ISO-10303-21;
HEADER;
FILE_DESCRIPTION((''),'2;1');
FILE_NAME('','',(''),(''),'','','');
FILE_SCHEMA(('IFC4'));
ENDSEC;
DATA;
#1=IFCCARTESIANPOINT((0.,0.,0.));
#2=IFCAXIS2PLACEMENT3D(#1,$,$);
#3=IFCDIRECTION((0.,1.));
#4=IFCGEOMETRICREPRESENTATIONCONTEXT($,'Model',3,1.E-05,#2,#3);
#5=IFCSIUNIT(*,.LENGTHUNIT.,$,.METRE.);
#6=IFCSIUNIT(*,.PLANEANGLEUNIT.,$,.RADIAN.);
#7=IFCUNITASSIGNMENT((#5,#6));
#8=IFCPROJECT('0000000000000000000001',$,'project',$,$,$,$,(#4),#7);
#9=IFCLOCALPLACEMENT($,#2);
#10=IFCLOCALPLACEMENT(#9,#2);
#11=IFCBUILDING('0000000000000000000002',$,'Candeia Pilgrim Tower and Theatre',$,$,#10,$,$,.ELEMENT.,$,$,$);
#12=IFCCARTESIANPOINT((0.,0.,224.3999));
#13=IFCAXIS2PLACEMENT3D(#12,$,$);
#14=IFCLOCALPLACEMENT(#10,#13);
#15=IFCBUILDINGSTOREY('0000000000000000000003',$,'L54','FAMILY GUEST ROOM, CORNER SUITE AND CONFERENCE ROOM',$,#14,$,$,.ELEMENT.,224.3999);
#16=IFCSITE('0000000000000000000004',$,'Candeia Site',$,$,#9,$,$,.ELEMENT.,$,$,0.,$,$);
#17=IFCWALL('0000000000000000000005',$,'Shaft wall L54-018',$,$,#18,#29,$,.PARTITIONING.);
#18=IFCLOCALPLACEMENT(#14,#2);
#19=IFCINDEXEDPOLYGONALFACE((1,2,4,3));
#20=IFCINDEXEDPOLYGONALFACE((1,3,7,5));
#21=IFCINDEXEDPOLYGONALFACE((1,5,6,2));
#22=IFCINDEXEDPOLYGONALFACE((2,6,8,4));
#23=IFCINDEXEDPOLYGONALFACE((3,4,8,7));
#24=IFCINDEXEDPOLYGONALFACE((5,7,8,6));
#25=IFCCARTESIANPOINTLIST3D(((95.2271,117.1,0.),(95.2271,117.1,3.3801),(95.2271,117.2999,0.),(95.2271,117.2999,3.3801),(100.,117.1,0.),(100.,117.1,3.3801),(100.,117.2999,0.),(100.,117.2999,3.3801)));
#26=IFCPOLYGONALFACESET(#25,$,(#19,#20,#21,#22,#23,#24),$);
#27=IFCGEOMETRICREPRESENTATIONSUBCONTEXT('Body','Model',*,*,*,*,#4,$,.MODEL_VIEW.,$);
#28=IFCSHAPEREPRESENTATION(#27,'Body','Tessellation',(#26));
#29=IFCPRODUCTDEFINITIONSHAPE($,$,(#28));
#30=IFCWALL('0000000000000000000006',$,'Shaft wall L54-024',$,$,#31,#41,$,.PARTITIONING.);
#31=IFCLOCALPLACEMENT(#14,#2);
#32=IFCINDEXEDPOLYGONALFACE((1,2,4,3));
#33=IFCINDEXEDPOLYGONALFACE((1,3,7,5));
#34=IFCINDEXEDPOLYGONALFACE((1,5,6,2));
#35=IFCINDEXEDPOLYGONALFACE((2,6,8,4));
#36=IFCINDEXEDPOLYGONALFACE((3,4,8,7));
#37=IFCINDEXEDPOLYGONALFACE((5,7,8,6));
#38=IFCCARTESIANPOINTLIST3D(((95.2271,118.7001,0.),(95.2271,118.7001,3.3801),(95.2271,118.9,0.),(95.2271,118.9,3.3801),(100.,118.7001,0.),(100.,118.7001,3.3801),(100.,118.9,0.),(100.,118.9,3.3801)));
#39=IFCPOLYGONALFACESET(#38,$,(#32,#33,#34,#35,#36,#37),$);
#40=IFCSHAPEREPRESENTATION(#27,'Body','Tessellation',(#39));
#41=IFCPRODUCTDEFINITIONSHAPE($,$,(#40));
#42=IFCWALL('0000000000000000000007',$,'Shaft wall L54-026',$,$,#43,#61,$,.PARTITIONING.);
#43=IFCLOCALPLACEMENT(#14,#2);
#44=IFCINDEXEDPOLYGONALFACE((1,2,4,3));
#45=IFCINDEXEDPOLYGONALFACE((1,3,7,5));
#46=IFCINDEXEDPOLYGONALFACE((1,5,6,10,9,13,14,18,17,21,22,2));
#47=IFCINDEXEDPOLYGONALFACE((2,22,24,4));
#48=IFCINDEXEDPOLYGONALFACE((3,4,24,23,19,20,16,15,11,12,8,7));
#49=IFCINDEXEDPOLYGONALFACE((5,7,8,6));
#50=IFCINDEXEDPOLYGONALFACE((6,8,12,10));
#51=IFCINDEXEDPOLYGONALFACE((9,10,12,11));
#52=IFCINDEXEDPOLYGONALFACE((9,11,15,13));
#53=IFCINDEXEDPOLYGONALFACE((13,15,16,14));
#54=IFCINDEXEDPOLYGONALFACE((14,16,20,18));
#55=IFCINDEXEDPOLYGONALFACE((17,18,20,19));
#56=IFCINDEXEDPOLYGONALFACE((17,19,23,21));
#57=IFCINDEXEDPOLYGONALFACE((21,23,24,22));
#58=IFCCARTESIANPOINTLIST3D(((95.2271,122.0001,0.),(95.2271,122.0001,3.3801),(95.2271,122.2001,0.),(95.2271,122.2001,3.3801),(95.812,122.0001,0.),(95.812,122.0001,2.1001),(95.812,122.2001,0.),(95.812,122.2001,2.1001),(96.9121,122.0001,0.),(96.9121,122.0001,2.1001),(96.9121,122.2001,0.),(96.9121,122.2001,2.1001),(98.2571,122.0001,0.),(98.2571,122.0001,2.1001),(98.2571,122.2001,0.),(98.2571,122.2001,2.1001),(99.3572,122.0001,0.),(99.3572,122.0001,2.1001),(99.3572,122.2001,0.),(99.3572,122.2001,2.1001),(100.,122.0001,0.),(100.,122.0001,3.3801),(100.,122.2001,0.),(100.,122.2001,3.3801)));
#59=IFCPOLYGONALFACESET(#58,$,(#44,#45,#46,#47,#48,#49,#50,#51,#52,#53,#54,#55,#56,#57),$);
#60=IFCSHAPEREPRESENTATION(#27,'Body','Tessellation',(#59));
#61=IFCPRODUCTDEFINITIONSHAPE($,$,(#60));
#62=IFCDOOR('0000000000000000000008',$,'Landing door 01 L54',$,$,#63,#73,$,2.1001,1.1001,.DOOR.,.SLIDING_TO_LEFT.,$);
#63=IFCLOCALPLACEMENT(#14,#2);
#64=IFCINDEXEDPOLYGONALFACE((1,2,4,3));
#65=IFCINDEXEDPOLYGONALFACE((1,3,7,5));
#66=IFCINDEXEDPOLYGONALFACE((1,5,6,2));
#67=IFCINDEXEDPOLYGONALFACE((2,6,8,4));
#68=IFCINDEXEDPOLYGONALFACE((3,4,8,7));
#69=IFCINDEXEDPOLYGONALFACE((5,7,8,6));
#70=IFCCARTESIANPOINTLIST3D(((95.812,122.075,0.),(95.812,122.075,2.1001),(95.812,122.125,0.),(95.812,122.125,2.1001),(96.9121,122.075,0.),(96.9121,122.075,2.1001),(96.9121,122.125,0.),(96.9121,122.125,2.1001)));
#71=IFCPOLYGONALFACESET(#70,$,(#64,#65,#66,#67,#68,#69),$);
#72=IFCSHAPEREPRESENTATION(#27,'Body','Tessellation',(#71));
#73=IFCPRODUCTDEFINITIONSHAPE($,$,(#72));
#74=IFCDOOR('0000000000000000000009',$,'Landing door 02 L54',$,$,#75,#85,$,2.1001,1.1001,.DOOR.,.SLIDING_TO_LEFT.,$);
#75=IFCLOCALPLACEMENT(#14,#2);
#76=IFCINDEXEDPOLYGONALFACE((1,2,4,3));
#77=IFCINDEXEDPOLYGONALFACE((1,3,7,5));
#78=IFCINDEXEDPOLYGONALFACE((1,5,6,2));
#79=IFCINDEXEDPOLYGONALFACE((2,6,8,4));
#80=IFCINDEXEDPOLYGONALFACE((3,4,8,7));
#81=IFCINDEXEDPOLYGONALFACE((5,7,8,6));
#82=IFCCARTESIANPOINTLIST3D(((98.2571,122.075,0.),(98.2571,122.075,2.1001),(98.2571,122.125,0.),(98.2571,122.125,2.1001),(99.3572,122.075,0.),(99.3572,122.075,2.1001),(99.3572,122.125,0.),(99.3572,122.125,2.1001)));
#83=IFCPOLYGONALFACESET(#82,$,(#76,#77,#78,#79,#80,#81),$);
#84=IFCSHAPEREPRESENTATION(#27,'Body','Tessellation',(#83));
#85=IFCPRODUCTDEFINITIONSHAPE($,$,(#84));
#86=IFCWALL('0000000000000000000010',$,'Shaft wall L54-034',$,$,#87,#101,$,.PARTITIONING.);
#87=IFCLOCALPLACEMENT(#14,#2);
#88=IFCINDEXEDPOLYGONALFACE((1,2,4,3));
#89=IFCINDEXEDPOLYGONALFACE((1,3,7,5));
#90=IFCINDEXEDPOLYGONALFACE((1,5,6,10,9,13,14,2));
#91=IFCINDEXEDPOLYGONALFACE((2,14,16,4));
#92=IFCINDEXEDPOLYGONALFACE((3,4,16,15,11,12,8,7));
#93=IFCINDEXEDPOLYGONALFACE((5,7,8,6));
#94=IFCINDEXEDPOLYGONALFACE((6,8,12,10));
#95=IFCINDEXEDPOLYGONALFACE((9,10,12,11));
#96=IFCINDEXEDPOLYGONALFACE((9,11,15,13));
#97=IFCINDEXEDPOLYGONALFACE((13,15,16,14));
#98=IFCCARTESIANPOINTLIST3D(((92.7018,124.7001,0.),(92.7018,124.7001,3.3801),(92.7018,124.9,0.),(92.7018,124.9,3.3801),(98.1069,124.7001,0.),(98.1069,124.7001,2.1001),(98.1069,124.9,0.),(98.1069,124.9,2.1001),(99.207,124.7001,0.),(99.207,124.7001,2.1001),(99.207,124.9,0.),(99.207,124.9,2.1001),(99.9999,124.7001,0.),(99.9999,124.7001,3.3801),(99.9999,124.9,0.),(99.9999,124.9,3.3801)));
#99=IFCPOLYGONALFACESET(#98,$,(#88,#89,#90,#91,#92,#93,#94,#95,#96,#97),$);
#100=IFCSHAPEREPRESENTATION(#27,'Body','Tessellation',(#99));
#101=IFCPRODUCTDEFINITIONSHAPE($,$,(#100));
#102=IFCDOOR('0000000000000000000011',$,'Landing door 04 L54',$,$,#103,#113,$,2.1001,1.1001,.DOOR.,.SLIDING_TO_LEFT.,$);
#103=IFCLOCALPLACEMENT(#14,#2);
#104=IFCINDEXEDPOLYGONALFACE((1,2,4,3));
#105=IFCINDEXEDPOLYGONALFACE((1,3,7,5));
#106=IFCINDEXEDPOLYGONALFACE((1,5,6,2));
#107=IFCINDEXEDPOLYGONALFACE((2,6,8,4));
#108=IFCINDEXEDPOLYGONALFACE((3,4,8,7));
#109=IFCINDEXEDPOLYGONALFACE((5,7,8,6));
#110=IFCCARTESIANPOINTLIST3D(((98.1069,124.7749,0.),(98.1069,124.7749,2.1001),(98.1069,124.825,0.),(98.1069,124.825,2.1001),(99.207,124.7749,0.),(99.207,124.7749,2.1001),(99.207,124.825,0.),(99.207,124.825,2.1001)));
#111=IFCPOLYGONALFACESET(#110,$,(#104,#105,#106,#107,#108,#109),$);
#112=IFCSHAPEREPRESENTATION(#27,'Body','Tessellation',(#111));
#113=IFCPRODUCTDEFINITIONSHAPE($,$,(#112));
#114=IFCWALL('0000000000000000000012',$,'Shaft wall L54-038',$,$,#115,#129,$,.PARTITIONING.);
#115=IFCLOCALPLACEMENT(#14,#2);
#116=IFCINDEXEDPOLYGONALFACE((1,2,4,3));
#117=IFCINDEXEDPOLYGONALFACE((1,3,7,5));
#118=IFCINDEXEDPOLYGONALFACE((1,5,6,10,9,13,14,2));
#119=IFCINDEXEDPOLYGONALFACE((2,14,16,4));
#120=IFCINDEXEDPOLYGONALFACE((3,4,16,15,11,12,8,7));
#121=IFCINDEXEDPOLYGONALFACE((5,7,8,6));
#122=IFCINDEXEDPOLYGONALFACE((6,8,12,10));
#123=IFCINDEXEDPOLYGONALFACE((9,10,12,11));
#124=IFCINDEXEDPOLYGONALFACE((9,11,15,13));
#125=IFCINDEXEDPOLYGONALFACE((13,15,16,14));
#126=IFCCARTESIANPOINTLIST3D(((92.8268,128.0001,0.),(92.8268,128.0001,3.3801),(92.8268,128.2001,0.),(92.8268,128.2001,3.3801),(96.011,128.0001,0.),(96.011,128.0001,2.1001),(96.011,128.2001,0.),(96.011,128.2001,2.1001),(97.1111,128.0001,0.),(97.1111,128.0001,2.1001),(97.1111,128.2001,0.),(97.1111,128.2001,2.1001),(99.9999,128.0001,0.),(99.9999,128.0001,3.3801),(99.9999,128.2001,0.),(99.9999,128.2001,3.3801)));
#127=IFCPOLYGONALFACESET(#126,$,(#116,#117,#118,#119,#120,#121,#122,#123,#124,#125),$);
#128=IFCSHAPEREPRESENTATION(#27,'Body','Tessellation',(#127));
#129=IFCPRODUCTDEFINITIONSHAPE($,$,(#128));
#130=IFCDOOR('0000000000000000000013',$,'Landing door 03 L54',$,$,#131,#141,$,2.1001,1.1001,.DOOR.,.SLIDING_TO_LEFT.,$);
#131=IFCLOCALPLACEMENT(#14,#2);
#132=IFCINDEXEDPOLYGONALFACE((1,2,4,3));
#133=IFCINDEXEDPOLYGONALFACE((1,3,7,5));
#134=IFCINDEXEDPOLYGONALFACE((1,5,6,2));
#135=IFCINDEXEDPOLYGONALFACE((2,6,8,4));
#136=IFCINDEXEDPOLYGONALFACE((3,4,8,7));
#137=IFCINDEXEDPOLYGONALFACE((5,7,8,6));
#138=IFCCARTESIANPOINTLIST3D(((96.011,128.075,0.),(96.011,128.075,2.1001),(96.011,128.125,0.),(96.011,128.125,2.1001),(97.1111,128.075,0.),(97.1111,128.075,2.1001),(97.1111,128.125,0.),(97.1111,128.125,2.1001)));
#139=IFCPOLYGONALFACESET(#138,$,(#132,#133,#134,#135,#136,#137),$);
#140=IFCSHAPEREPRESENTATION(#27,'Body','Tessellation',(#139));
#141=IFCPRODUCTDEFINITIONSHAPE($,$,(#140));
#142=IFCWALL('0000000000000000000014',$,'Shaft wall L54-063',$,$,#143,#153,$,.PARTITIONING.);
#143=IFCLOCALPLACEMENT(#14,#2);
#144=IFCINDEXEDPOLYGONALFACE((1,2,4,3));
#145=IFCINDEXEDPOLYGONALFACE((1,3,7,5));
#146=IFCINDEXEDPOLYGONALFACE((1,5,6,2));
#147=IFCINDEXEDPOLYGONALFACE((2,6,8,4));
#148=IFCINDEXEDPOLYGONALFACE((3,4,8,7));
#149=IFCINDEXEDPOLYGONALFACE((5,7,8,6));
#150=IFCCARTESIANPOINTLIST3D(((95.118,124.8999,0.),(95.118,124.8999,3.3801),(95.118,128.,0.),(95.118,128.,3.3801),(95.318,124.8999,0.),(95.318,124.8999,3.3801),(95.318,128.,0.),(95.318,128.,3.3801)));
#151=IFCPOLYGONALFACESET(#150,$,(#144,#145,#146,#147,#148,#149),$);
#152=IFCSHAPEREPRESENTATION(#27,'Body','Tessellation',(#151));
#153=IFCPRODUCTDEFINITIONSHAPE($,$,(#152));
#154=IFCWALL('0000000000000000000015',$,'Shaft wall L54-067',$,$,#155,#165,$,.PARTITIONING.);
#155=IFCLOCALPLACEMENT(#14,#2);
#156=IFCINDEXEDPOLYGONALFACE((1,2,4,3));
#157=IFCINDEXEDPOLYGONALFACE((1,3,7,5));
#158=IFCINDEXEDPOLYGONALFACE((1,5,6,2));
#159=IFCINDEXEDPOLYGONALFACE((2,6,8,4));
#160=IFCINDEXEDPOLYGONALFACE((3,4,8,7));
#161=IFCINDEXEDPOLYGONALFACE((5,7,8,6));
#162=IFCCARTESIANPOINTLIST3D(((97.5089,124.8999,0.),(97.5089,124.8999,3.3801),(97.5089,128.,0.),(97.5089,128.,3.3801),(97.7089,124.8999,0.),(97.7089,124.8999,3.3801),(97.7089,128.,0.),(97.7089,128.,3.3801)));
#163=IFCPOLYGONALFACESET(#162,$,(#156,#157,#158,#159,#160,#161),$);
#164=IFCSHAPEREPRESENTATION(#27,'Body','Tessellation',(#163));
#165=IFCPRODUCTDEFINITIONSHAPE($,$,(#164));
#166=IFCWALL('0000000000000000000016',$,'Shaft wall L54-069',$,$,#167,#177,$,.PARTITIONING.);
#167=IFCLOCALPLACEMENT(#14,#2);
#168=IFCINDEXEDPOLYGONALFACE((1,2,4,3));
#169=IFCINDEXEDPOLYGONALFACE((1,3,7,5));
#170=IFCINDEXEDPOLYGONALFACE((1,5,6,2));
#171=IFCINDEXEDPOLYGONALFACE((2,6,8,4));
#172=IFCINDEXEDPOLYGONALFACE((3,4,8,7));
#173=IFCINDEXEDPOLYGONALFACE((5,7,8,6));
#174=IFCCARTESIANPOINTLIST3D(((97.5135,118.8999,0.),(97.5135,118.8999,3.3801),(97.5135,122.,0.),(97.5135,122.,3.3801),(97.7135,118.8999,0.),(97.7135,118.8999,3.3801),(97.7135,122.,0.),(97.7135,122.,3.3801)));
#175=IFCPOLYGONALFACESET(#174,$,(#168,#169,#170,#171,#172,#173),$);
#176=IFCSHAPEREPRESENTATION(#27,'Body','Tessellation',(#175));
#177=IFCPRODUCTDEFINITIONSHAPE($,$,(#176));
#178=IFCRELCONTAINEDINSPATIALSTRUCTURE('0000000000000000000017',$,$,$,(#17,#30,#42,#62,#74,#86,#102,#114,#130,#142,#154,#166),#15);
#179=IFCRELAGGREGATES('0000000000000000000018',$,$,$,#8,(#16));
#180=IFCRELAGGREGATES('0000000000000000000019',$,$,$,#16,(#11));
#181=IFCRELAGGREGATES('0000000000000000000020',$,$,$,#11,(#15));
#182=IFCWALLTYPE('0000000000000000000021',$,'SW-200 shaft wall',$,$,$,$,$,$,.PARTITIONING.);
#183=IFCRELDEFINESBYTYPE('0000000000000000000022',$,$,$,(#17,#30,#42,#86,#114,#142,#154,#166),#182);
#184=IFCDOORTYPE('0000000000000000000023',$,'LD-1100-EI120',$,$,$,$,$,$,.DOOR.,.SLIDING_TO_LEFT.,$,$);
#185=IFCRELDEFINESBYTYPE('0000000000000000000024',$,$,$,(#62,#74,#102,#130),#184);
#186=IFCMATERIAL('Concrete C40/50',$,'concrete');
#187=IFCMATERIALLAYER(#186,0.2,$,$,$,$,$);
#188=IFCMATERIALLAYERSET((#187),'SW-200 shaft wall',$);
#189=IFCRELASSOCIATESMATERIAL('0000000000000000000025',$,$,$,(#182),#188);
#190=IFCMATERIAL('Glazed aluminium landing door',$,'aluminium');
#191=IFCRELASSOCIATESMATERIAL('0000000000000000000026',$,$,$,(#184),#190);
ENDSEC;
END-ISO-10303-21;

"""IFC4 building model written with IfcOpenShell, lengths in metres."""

from ifc_helpers import new_model, si_unit, direction, frame, frame_2d, origin, place, context, subcontext, project, spatial, rectangle, extrude, material, layer, layer_set, type_object, element, fill, save


model = new_model("IFC4")

# Units and contexts
model_context = context("Model", 3, precision=1e-05, world=origin(), true_north=direction((0.0, 1.0)))
body_context = subcontext(model_context, "Body", "Model", "MODEL_VIEW")
ifc_project = project(units=[si_unit("LENGTHUNIT", "METRE"), si_unit("PLANEANGLEUNIT", "RADIAN")], contexts=[model_context])

# Site, building, storey
site_placement = place(None, origin())
site = spatial("IfcSite", under=ifc_project, at=site_placement, Name="Candeia Site", CompositionType="ELEMENT", RefElevation=0.0)
building_placement = place(site_placement, origin())
building = spatial("IfcBuilding", under=site, at=building_placement, Name="Candeia Pilgrim Tower and Theatre", CompositionType="ELEMENT")
storey_placement = place(building_placement, frame((0.0, 0.0, 224.3999)))
storey = spatial("IfcBuildingStorey", under=building, at=storey_placement, Name="L54", Description="FAMILY GUEST ROOM, CORNER SUITE AND CONFERENCE ROOM", CompositionType="ELEMENT", Elevation=224.3999)

# Walls
ifc_material_1 = material(Name="Concrete C40/50", Category="concrete")
ifc_layer_1 = layer(ifc_material_1, 0.2)
ifc_layer_set_1 = layer_set([ifc_layer_1], Name="SW-200 shaft wall")
wall_type_1 = type_object("IfcWallType", Name="SW-200 shaft wall", PredefinedType="PARTITIONING", material=ifc_layer_set_1)
for number, where, z_axis, x_axis, name in (
    (1, (95.2271, 117.2, 0.0), (0.0, 0.0, 1.0), (1.0, 0.0, 0.0), "Shaft wall L54-018"),
    (2, (95.2271, 118.8, 0.0), (0.0, 0.0, 1.0), (1.0, 0.0, 0.0), "Shaft wall L54-024"),
):
    element("IfcWall", number, at=place(storey_placement, frame(where, z_axis=z_axis, x_axis=x_axis)), inside=storey, type_object=wall_type_1, Name=name, PredefinedType="PARTITIONING", context=body_context, shape_type="SweptSolid", body=[
        extrude(rectangle(XDim=4.7729, YDim=0.2, at=frame_2d((2.3865, 0.0))), origin(), (0.0, 0.0, 1.0), 3.3801),
    ])

# Wall, openings, doors
wall_1_placement = place(storey_placement, frame((95.2271, 122.1001, 0.0), z_axis=(0.0, 0.0, 1.0), x_axis=(1.0, 0.0, 0.0)))
wall_1 = element("IfcWall", 3, at=wall_1_placement, inside=storey, type_object=wall_type_1, Name="Shaft wall L54-026", PredefinedType="PARTITIONING", context=body_context, shape_type="SweptSolid", body=[
    extrude(rectangle(XDim=4.7729, YDim=0.2, at=frame_2d((2.3865, 0.0))), origin(), (0.0, 0.0, 1.0), 3.3801),
])
opening_1_placement = place(wall_1_placement, frame((0.585, 0.0, 0.0)))
opening_1 = element("IfcOpeningElement", 4, at=opening_1_placement, cuts=wall_1, PredefinedType="OPENING", context=body_context, shape_type="SweptSolid", body=[
    extrude(rectangle(XDim=1.1001, YDim=2.1001, at=frame_2d((0.55, 1.05))), frame((0.0, 0.1099, 0.0), z_axis=(0.0, -1.0, 0.0), x_axis=(1.0, 0.0, 0.0)), (0.0, 0.0, 1.0), 0.22),
])
opening_2_placement = place(wall_1_placement, frame((3.03, 0.0, 0.0)))
opening_2 = element("IfcOpeningElement", 5, at=opening_2_placement, cuts=wall_1, PredefinedType="OPENING", context=body_context, shape_type="SweptSolid", body=[
    extrude(rectangle(XDim=1.1001, YDim=2.1001, at=frame_2d((0.55, 1.05))), frame((0.0, 0.1099, 0.0), z_axis=(0.0, -1.0, 0.0), x_axis=(1.0, 0.0, 0.0)), (0.0, 0.0, 1.0), 0.22),
])
ifc_material_2 = material(Name="Glazed aluminium landing door", Category="aluminium")
door_type_1 = type_object("IfcDoorType", Name="LD-1100-EI120", OperationType="SLIDING_TO_LEFT", PredefinedType="DOOR", material=ifc_material_2)
door_1_placement = place(opening_1_placement, origin())
door_1 = element("IfcDoor", 6, at=door_1_placement, inside=storey, type_object=door_type_1, Name="Landing door 01 L54", OperationType="SLIDING_TO_LEFT", OverallHeight=2.1001, OverallWidth=1.1001, PredefinedType="DOOR", context=body_context, shape_type="SweptSolid", body=[
    extrude(rectangle(XDim=1.1001, YDim=2.1001, at=frame_2d((0.55, 1.05))), frame((0.0, 0.0249, 0.0), z_axis=(0.0, -1.0, 0.0), x_axis=(1.0, 0.0, 0.0)), (0.0, 0.0, 1.0), 0.05),
])
fill(opening_1, door_1)
door_2_placement = place(opening_2_placement, origin())
door_2 = element("IfcDoor", 7, at=door_2_placement, inside=storey, type_object=door_type_1, Name="Landing door 02 L54", OperationType="SLIDING_TO_LEFT", OverallHeight=2.1001, OverallWidth=1.1001, PredefinedType="DOOR", context=body_context, shape_type="SweptSolid", body=[
    extrude(rectangle(XDim=1.1001, YDim=2.1001, at=frame_2d((0.55, 1.05))), frame((0.0, 0.0249, 0.0), z_axis=(0.0, -1.0, 0.0), x_axis=(1.0, 0.0, 0.0)), (0.0, 0.0, 1.0), 0.05),
])
fill(opening_2, door_2)

# Walls, openings, doors
wall_2_placement = place(storey_placement, frame((92.7019, 124.8, 0.0), z_axis=(0.0, 0.0, 1.0), x_axis=(1.0, 0.0, 0.0)))
wall_2 = element("IfcWall", 8, at=wall_2_placement, inside=storey, type_object=wall_type_1, Name="Shaft wall L54-034", PredefinedType="PARTITIONING", context=body_context, shape_type="SweptSolid", body=[
    extrude(rectangle(XDim=7.2981, YDim=0.2, at=frame_2d((3.6489, 0.0))), origin(), (0.0, 0.0, 1.0), 3.3801),
])
opening_3_placement = place(wall_2_placement, frame((5.405, 0.0, 0.0)))
opening_3 = element("IfcOpeningElement", 9, at=opening_3_placement, cuts=wall_2, PredefinedType="OPENING", context=body_context, shape_type="SweptSolid", body=[
    extrude(rectangle(XDim=1.1001, YDim=2.1001, at=frame_2d((0.55, 1.05))), frame((0.0, 0.1099, 0.0), z_axis=(0.0, -1.0, 0.0), x_axis=(1.0, 0.0, 0.0)), (0.0, 0.0, 1.0), 0.22),
])
door_3_placement = place(opening_3_placement, origin())
door_3 = element("IfcDoor", 10, at=door_3_placement, inside=storey, type_object=door_type_1, Name="Landing door 04 L54", OperationType="SLIDING_TO_LEFT", OverallHeight=2.1001, OverallWidth=1.1001, PredefinedType="DOOR", context=body_context, shape_type="SweptSolid", body=[
    extrude(rectangle(XDim=1.1001, YDim=2.1001, at=frame_2d((0.55, 1.05))), frame((0.0, 0.0249, 0.0), z_axis=(0.0, -1.0, 0.0), x_axis=(1.0, 0.0, 0.0)), (0.0, 0.0, 1.0), 0.05),
])
fill(opening_3, door_3)
wall_3_placement = place(storey_placement, frame((92.8269, 128.1001, 0.0), z_axis=(0.0, 0.0, 1.0), x_axis=(1.0, 0.0, 0.0)))
wall_3 = element("IfcWall", 11, at=wall_3_placement, inside=storey, type_object=wall_type_1, Name="Shaft wall L54-038", PredefinedType="PARTITIONING", context=body_context, shape_type="SweptSolid", body=[
    extrude(rectangle(XDim=7.1731, YDim=0.2, at=frame_2d((3.5864, 0.0))), origin(), (0.0, 0.0, 1.0), 3.3801),
])
opening_4_placement = place(wall_3_placement, frame((3.1841, 0.0, 0.0)))
opening_4 = element("IfcOpeningElement", 12, at=opening_4_placement, cuts=wall_3, PredefinedType="OPENING", context=body_context, shape_type="SweptSolid", body=[
    extrude(rectangle(XDim=1.1001, YDim=2.1001, at=frame_2d((0.55, 1.05))), frame((0.0, 0.1099, 0.0), z_axis=(0.0, -1.0, 0.0), x_axis=(1.0, 0.0, 0.0)), (0.0, 0.0, 1.0), 0.22),
])
door_4_placement = place(opening_4_placement, origin())
door_4 = element("IfcDoor", 13, at=door_4_placement, inside=storey, type_object=door_type_1, Name="Landing door 03 L54", OperationType="SLIDING_TO_LEFT", OverallHeight=2.1001, OverallWidth=1.1001, PredefinedType="DOOR", context=body_context, shape_type="SweptSolid", body=[
    extrude(rectangle(XDim=1.1001, YDim=2.1001, at=frame_2d((0.55, 1.05))), frame((0.0, 0.0249, 0.0), z_axis=(0.0, -1.0, 0.0), x_axis=(1.0, 0.0, 0.0)), (0.0, 0.0, 1.0), 0.05),
])
fill(opening_4, door_4)

# Walls
for number, where, z_axis, x_axis, name in (
    (14, (95.218, 124.8999, 0.0), (0.0, 0.0, 1.0), (0.0, 1.0, 0.0), "Shaft wall L54-063"),
    (15, (97.6089, 124.8999, 0.0), (0.0, 0.0, 1.0), (0.0, 1.0, 0.0), "Shaft wall L54-067"),
    (16, (97.6135, 118.8999, 0.0), (0.0, 0.0, 1.0), (0.0, 1.0, 0.0), "Shaft wall L54-069"),
):
    element("IfcWall", number, at=place(storey_placement, frame(where, z_axis=z_axis, x_axis=x_axis)), inside=storey, type_object=wall_type_1, Name=name, PredefinedType="PARTITIONING", context=body_context, shape_type="SweptSolid", body=[
        extrude(rectangle(XDim=3.1001, YDim=0.2, at=frame_2d((1.55, 0.0))), origin(), (0.0, 0.0, 1.0), 3.3801),
    ])

save(model, "model.ifc")
